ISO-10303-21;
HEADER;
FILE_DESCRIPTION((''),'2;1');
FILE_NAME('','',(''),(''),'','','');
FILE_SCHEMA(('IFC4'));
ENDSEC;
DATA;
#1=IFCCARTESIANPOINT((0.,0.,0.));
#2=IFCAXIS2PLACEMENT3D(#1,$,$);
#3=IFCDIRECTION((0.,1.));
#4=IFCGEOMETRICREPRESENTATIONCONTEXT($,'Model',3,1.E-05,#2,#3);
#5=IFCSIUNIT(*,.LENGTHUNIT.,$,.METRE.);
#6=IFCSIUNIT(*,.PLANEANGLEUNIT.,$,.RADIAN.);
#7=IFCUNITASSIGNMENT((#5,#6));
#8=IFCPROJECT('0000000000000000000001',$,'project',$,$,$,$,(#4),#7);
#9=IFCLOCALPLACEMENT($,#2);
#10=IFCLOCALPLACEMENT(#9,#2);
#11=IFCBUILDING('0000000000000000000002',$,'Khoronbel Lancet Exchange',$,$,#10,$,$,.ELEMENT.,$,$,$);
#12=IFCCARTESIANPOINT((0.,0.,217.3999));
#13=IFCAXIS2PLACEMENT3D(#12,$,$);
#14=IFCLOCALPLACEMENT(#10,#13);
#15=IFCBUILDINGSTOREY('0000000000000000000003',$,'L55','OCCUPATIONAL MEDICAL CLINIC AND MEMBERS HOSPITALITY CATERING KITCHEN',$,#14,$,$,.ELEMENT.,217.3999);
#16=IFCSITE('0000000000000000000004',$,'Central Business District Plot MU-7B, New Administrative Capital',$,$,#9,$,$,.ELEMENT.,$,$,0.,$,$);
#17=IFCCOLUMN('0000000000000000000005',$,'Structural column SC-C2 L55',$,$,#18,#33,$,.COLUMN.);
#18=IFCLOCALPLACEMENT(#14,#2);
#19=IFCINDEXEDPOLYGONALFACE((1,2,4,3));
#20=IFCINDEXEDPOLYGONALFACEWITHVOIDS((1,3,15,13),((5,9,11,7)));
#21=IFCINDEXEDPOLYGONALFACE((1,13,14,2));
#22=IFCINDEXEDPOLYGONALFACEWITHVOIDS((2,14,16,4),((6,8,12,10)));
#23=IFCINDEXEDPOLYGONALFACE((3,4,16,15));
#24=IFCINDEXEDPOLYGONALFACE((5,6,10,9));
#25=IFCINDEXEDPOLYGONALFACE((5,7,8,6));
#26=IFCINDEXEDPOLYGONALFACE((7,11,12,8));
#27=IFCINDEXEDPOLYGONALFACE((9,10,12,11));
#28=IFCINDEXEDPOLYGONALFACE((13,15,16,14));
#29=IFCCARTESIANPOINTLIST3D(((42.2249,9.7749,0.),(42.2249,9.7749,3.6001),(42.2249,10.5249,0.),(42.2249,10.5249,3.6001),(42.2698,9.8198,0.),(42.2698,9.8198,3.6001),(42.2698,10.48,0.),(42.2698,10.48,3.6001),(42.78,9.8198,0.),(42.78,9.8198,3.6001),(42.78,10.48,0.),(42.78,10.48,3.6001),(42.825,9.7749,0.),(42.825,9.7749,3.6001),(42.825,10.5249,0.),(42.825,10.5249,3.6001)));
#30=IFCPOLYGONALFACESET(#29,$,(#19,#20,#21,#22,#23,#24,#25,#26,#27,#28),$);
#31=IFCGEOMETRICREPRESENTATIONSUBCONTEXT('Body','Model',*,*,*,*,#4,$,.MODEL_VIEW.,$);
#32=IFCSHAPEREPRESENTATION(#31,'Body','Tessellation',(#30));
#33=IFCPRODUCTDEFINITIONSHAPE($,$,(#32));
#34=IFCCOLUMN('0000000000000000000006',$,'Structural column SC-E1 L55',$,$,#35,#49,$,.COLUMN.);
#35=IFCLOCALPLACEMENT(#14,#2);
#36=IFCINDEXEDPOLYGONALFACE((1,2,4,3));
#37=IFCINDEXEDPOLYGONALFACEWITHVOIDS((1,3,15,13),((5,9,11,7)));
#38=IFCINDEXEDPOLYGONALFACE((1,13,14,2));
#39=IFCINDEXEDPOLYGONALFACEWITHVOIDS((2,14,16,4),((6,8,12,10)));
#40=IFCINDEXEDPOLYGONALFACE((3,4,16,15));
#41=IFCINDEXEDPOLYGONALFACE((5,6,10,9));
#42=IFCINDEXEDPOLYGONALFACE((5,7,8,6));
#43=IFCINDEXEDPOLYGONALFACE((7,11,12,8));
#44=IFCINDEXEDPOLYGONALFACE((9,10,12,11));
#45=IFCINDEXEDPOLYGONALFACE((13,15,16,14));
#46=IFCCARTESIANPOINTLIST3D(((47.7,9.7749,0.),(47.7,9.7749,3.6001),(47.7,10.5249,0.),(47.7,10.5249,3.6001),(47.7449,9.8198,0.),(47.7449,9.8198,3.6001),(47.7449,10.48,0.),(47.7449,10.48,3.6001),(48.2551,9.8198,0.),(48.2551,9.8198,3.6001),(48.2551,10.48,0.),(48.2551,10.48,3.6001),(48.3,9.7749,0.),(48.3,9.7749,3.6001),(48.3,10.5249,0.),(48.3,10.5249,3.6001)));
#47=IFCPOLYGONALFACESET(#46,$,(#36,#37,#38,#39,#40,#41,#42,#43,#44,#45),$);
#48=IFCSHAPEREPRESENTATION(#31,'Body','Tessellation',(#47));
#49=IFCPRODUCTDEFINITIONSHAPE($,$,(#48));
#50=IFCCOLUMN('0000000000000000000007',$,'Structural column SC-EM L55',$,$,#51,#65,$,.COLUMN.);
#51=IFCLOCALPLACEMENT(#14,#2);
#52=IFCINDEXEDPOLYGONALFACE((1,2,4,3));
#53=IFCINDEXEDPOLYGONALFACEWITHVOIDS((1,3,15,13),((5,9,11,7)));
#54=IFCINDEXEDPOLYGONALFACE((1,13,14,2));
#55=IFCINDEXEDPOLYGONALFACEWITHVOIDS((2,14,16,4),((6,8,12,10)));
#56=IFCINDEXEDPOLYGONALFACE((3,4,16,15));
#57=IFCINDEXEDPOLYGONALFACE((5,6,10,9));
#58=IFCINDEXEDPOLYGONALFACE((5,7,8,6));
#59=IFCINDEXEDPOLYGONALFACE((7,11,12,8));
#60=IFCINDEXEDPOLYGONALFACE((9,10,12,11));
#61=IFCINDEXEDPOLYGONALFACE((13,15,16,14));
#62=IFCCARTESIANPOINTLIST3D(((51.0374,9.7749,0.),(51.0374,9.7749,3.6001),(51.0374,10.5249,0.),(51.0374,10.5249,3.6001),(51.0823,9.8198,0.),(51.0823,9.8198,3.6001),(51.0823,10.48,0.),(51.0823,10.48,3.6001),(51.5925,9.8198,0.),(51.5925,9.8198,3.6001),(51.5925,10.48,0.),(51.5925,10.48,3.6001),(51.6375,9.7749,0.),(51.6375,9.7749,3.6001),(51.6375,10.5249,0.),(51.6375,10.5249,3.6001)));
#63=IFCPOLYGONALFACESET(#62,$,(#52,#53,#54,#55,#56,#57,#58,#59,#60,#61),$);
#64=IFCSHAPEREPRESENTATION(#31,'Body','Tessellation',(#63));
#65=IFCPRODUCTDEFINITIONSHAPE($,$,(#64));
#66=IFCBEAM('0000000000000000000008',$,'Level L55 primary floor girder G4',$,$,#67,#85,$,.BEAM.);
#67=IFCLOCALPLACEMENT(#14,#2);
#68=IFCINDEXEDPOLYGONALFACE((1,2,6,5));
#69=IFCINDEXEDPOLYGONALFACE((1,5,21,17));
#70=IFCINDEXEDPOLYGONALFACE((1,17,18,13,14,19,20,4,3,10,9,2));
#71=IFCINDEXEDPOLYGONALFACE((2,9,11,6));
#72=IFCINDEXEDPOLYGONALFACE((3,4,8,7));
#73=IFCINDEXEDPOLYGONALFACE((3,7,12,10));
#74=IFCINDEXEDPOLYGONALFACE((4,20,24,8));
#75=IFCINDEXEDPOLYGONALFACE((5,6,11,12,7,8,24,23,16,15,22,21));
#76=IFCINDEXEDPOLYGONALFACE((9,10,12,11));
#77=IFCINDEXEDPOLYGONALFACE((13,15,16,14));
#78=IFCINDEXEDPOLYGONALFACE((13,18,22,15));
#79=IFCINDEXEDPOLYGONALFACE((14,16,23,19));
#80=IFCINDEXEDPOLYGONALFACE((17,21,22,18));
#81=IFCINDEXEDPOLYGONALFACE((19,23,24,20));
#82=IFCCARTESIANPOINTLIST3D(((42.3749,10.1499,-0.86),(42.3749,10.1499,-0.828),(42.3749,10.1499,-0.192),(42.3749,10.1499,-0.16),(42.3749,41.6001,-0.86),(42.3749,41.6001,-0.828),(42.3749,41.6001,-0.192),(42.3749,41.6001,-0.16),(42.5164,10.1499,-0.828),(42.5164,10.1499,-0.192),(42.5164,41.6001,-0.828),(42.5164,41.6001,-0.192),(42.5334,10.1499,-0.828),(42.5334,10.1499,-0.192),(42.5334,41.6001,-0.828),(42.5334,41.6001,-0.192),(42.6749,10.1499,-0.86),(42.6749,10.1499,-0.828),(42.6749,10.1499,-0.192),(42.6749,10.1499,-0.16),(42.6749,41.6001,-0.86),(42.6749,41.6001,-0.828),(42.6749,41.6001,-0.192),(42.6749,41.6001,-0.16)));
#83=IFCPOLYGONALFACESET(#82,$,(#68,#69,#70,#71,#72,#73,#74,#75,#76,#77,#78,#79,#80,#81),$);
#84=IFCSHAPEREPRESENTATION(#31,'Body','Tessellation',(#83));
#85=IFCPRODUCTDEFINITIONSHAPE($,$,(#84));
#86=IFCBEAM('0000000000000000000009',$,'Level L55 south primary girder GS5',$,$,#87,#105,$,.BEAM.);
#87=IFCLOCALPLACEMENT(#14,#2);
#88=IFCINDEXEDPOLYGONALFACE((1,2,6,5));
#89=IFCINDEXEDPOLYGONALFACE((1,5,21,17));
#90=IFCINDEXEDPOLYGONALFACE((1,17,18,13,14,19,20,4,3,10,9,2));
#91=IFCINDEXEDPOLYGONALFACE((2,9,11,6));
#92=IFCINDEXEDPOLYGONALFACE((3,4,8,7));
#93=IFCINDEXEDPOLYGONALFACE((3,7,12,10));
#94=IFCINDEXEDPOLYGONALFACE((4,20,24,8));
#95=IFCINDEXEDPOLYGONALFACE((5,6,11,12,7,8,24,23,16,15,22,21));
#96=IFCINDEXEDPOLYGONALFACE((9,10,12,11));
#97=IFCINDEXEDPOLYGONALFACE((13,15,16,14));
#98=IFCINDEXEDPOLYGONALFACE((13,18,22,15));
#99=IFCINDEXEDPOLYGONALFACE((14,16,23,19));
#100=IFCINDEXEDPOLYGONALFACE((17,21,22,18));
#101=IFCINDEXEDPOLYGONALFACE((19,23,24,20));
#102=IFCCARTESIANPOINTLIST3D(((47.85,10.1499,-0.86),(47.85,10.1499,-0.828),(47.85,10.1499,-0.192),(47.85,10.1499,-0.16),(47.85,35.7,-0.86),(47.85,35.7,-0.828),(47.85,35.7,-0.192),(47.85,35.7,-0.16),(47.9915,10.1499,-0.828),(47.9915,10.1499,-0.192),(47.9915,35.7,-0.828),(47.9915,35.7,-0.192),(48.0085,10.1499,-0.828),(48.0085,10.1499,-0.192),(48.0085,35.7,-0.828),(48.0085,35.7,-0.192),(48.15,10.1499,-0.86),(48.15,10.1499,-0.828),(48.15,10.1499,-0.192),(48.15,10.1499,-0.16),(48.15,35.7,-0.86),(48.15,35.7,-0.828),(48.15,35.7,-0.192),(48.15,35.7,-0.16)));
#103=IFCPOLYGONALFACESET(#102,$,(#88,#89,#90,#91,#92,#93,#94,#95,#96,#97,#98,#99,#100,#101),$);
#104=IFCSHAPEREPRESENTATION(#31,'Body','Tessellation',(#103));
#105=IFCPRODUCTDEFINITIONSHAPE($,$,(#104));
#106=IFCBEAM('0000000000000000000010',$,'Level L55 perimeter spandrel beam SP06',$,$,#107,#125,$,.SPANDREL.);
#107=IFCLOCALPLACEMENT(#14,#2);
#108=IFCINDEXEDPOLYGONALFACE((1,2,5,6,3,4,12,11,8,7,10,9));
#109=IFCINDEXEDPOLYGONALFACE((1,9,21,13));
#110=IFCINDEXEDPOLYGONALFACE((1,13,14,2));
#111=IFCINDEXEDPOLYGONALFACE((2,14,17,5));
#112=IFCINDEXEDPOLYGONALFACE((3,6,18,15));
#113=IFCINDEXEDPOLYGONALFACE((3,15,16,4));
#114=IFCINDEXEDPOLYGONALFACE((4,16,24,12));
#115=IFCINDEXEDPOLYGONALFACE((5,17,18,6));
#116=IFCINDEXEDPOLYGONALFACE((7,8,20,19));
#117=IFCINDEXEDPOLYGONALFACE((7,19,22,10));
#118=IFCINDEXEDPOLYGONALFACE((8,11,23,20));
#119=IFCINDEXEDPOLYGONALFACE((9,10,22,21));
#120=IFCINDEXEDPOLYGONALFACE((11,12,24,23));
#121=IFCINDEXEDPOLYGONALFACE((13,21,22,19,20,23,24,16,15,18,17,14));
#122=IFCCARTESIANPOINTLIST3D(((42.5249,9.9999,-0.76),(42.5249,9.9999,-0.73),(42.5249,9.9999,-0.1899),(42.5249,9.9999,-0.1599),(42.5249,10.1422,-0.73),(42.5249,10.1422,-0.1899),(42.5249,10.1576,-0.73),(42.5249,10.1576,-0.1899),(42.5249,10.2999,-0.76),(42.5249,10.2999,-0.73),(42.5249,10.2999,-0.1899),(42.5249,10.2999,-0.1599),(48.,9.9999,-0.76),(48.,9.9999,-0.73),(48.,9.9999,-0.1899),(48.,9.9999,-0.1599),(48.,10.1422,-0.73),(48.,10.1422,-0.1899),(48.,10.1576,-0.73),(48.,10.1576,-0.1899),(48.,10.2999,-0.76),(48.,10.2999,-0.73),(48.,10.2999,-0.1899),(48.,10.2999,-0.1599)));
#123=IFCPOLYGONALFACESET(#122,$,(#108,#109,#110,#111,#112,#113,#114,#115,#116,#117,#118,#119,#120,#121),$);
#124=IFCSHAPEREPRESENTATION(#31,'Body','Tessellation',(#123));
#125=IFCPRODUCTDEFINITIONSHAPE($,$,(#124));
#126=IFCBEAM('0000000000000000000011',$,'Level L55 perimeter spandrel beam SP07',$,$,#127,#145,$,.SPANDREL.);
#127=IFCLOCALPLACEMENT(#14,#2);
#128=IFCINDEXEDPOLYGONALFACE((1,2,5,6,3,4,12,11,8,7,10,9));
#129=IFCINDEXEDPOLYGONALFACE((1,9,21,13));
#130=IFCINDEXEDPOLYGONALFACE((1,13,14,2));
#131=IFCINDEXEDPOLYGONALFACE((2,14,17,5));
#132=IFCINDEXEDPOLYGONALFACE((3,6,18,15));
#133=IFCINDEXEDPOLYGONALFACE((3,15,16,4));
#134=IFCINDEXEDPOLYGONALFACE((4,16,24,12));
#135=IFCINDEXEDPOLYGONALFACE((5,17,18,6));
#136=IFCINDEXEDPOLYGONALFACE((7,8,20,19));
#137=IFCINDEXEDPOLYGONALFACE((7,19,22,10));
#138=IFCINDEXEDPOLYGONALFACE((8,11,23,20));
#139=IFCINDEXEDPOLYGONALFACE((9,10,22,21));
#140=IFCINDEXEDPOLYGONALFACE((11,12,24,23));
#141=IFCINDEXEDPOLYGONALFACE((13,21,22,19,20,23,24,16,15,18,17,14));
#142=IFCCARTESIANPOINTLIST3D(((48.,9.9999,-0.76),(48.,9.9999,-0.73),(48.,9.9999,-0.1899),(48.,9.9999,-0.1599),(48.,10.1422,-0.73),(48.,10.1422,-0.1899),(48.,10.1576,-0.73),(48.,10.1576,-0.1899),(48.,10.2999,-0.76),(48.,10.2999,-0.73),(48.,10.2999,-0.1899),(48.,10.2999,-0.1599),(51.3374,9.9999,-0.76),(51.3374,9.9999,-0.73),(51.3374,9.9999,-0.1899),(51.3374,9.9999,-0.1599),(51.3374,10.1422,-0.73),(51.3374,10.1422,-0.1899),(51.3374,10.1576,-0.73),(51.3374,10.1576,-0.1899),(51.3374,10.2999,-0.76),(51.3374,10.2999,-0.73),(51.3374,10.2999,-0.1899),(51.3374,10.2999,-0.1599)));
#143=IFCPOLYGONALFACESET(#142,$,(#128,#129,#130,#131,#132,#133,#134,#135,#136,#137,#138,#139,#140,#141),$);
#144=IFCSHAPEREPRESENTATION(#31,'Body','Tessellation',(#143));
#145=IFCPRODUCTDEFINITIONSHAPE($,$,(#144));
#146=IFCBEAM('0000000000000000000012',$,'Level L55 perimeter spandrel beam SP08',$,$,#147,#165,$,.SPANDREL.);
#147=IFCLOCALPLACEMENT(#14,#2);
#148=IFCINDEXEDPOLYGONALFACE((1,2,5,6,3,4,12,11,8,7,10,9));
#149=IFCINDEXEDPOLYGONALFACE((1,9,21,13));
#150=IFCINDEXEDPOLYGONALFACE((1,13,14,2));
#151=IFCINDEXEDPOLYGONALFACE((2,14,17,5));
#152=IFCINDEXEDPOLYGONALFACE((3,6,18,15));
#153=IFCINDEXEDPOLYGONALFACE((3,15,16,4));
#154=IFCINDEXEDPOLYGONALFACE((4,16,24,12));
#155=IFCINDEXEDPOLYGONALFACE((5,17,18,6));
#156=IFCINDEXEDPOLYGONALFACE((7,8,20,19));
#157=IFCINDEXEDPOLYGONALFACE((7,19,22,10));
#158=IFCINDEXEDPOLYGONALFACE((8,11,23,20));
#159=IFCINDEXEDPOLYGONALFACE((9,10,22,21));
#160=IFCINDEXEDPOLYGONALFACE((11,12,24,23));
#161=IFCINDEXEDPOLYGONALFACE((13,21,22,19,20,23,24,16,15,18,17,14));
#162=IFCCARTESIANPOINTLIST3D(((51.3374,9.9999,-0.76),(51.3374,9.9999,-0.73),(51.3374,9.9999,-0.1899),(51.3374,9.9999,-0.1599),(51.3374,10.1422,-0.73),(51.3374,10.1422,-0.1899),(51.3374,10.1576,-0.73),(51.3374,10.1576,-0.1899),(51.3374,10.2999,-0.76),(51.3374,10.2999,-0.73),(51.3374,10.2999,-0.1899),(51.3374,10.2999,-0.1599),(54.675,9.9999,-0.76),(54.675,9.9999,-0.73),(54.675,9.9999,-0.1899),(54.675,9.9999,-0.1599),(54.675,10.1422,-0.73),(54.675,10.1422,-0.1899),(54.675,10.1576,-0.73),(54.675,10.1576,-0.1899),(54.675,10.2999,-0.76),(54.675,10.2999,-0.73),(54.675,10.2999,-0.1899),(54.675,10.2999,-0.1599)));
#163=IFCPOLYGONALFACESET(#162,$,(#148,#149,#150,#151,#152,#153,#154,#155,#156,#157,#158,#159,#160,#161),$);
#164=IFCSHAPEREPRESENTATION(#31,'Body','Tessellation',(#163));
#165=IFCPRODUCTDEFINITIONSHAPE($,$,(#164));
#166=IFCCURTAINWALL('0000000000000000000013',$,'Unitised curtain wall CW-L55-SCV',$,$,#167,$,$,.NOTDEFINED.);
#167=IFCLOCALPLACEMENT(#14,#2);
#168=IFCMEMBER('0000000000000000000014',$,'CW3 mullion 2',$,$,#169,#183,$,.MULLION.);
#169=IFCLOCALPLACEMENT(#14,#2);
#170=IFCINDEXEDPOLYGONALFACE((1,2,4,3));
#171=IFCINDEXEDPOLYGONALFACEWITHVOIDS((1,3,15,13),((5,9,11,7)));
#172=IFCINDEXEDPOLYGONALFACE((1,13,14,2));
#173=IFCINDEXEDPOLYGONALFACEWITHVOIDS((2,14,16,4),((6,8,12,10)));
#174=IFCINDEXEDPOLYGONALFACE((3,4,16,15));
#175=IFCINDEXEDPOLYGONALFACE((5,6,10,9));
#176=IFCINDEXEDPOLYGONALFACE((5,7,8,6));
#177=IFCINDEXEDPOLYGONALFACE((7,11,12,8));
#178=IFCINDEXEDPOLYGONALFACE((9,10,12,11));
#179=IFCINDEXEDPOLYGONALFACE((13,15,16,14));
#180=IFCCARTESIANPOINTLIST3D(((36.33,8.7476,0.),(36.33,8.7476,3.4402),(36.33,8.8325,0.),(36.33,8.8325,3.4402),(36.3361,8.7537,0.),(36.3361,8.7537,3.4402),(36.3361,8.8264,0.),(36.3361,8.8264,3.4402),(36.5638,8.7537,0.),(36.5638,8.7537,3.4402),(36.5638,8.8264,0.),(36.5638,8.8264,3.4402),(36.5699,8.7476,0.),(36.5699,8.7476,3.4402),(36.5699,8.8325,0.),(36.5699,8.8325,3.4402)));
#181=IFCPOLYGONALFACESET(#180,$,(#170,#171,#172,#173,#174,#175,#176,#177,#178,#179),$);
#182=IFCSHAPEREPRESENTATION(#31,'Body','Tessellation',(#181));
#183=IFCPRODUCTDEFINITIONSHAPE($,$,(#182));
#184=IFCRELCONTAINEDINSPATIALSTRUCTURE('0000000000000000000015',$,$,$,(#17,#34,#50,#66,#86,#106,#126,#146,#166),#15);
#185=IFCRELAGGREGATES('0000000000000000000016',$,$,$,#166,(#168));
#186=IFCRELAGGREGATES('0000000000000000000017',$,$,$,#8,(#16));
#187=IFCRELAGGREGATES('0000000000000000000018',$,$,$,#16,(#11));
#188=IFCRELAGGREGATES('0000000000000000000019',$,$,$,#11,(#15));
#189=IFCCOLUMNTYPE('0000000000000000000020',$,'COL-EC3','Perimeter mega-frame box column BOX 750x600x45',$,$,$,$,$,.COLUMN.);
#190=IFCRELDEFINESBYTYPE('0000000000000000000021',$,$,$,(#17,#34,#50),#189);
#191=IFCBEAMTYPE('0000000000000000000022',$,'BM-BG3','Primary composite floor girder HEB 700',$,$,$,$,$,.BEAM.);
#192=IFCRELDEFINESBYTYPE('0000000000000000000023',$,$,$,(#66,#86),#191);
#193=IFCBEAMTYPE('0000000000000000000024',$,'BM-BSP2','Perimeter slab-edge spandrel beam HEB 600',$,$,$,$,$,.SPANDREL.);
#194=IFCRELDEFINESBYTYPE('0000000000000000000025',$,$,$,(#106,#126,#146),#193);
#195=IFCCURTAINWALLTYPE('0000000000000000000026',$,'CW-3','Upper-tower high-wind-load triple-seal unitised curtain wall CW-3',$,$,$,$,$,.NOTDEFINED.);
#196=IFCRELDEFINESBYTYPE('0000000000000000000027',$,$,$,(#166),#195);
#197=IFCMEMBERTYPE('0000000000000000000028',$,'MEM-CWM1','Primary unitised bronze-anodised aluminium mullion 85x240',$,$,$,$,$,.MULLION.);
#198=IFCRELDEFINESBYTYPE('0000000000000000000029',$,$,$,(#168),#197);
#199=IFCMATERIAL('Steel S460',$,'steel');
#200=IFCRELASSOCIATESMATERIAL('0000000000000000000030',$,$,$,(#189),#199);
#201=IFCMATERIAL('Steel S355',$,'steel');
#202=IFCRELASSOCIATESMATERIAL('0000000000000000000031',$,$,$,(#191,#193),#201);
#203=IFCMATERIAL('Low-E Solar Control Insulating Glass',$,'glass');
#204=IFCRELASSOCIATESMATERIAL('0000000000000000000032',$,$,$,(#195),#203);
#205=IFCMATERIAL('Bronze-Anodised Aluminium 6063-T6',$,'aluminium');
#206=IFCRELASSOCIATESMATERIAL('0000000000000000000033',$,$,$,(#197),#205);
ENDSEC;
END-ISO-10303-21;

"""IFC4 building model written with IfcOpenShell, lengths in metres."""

from ifc_helpers import new_model, si_unit, direction, frame, origin, origin_2d, place, context, subcontext, project, spatial, hollow_rectangle, i_section, extrude, material, material_profile, profile_set, type_object, element, aggregate, save


model = new_model("IFC4")

# Units and contexts
model_context = context("Model", 3, precision=1e-05, world=origin(), true_north=direction((0.0, 1.0)))
body_context = subcontext(model_context, "Body", "Model", "MODEL_VIEW")
ifc_project = project(units=[si_unit("LENGTHUNIT", "METRE"), si_unit("PLANEANGLEUNIT", "RADIAN")], contexts=[model_context])

# Site, building, storey
site_placement = place(None, origin())
site = spatial("IfcSite", under=ifc_project, at=site_placement, Name="Central Business District Plot MU-7B, New Administrative Capital", CompositionType="ELEMENT", RefElevation=0.0)
building_placement = place(site_placement, origin())
building = spatial("IfcBuilding", under=site, at=building_placement, Name="Khoronbel Lancet Exchange", CompositionType="ELEMENT")
storey_placement = place(building_placement, frame((0.0, 0.0, 217.3999)))
storey = spatial("IfcBuildingStorey", under=building, at=storey_placement, Name="L55", Description="OCCUPATIONAL MEDICAL CLINIC AND MEMBERS HOSPITALITY CATERING KITCHEN", CompositionType="ELEMENT", Elevation=217.3999)

# Columns
ifc_material_1 = material(Name="Steel S460", Category="steel")
ifc_material_profile_1 = material_profile(ifc_material_1, hollow_rectangle(XDim=0.6001, YDim=0.75, WallThickness=0.0449, at=origin_2d()), Name="BOX 750x600x45")
ifc_profile_set_1 = profile_set([ifc_material_profile_1], Name="Steel S460")
column_type = type_object("IfcColumnType", Name="COL-EC3", Description="Perimeter mega-frame box column BOX 750x600x45", PredefinedType="COLUMN", material=ifc_profile_set_1)
for number, where, z_axis, x_axis, name in (
    (1, (42.5249, 10.1499, 0.0), (0.0, 0.0, 1.0), (1.0, 0.0, 0.0), "Structural column SC-C2 L55"),
    (2, (48.0, 10.1499, 0.0), (0.0, 0.0, 1.0), (1.0, 0.0, 0.0), "Structural column SC-E1 L55"),
    (3, (51.3374, 10.1499, 0.0), (0.0, 0.0, 1.0), (1.0, 0.0, 0.0), "Structural column SC-EM L55"),
):
    element("IfcColumn", number, at=place(storey_placement, frame(where, z_axis=z_axis, x_axis=x_axis)), inside=storey, type_object=column_type, Name=name, PredefinedType="COLUMN", context=body_context, shape_type="SweptSolid", body=[
        extrude(hollow_rectangle(XDim=0.6001, YDim=0.75, WallThickness=0.0449, at=origin_2d()), origin(), (0.0, 0.0, 1.0), 3.6001),
    ])

# Beams
ifc_material_2 = material(Name="Steel S355", Category="steel")
ifc_material_profile_2 = material_profile(ifc_material_2, i_section(OverallWidth=0.3, OverallDepth=0.7, WebThickness=0.0171, FlangeThickness=0.032, at=origin_2d()), Name="HEB 700")
ifc_profile_set_2 = profile_set([ifc_material_profile_2], Name="Steel S355")
beam_type_1 = type_object("IfcBeamType", Name="BM-BG3", Description="Primary composite floor girder HEB 700", PredefinedType="BEAM", material=ifc_profile_set_2)
beam_1_placement = place(storey_placement, frame((42.5249, 10.1499, -0.51), z_axis=(0.0, 1.0, 0.0), x_axis=(-1.0, 0.0, 0.0)))
element("IfcBeam", 4, at=beam_1_placement, inside=storey, type_object=beam_type_1, Name="Level L55 primary floor girder G4", PredefinedType="BEAM", context=body_context, shape_type="SweptSolid", body=[
    extrude(i_section(OverallWidth=0.3, OverallDepth=0.7, WebThickness=0.0171, FlangeThickness=0.032, at=origin_2d()), origin(), (0.0, 0.0, 1.0), 31.4502),
])
beam_2_placement = place(storey_placement, frame((48.0, 10.1499, -0.51), z_axis=(0.0, 1.0, 0.0), x_axis=(-1.0, 0.0, 0.0)))
element("IfcBeam", 5, at=beam_2_placement, inside=storey, type_object=beam_type_1, Name="Level L55 south primary girder GS5", PredefinedType="BEAM", context=body_context, shape_type="SweptSolid", body=[
    extrude(i_section(OverallWidth=0.3, OverallDepth=0.7, WebThickness=0.0171, FlangeThickness=0.032, at=origin_2d()), origin(), (0.0, 0.0, 1.0), 25.55),
])
ifc_material_profile_3 = material_profile(ifc_material_2, i_section(OverallWidth=0.3, OverallDepth=0.6001, WebThickness=0.0154, FlangeThickness=0.03, at=origin_2d()), Name="HEB 600")
ifc_profile_set_3 = profile_set([ifc_material_profile_3], Name="Steel S355")
beam_type_2 = type_object("IfcBeamType", Name="BM-BSP2", Description="Perimeter slab-edge spandrel beam HEB 600", PredefinedType="SPANDREL", material=ifc_profile_set_3)
beam_3_placement = place(storey_placement, frame((42.5249, 10.1499, -0.46), z_axis=(1.0, 0.0, 0.0), x_axis=(0.0, 1.0, 0.0)))
element("IfcBeam", 6, at=beam_3_placement, inside=storey, type_object=beam_type_2, Name="Level L55 perimeter spandrel beam SP06", PredefinedType="SPANDREL", context=body_context, shape_type="SweptSolid", body=[
    extrude(i_section(OverallWidth=0.3, OverallDepth=0.6001, WebThickness=0.0154, FlangeThickness=0.03, at=origin_2d()), origin(), (0.0, 0.0, 1.0), 5.4751),
])
beam_4_placement = place(storey_placement, frame((48.0, 10.1499, -0.46), z_axis=(1.0, 0.0, 0.0), x_axis=(0.0, 1.0, 0.0)))
element("IfcBeam", 7, at=beam_4_placement, inside=storey, type_object=beam_type_2, Name="Level L55 perimeter spandrel beam SP07", PredefinedType="SPANDREL", context=body_context, shape_type="SweptSolid", body=[
    extrude(i_section(OverallWidth=0.3, OverallDepth=0.6001, WebThickness=0.0154, FlangeThickness=0.03, at=origin_2d()), origin(), (0.0, 0.0, 1.0), 3.3374),
])
beam_5_placement = place(storey_placement, frame((51.3374, 10.1499, -0.46), z_axis=(1.0, 0.0, 0.0), x_axis=(0.0, 1.0, 0.0)))
element("IfcBeam", 8, at=beam_5_placement, inside=storey, type_object=beam_type_2, Name="Level L55 perimeter spandrel beam SP08", PredefinedType="SPANDREL", context=body_context, shape_type="SweptSolid", body=[
    extrude(i_section(OverallWidth=0.3, OverallDepth=0.6001, WebThickness=0.0154, FlangeThickness=0.03, at=origin_2d()), origin(), (0.0, 0.0, 1.0), 3.3376),
])

# Curtain wall, member
ifc_material_3 = material(Name="Low-E Solar Control Insulating Glass", Category="glass")
curtain_wall_type = type_object("IfcCurtainWallType", Name="CW-3", Description="Upper-tower high-wind-load triple-seal unitised curtain wall CW-3", PredefinedType="NOTDEFINED", material=ifc_material_3)
curtain_wall_1_placement = place(storey_placement, origin())
curtain_wall_1 = element("IfcCurtainWall", 9, at=curtain_wall_1_placement, inside=storey, type_object=curtain_wall_type, Name="Unitised curtain wall CW-L55-SCV", PredefinedType="NOTDEFINED")
ifc_material_4 = material(Name="Bronze-Anodised Aluminium 6063-T6", Category="aluminium")
ifc_material_profile_4 = material_profile(ifc_material_4, hollow_rectangle(XDim=0.085, YDim=0.24, WallThickness=0.0061, at=origin_2d()), Name="ALU MULLION 85x240")
ifc_profile_set_4 = profile_set([ifc_material_profile_4], Name="Bronze-Anodised Aluminium 6063-T6")
member_type_1 = type_object("IfcMemberType", Name="MEM-CWM1", Description="Primary unitised bronze-anodised aluminium mullion 85x240", PredefinedType="MULLION", material=ifc_profile_set_4)
member_1_placement = place(storey_placement, frame((36.45, 8.79, 0.0), z_axis=(0.0, 0.0, 1.0), x_axis=(0.0, 1.0, 0.0)))
member_1 = element("IfcMember", 10, at=member_1_placement, type_object=member_type_1, Name="CW3 mullion 2", PredefinedType="MULLION", context=body_context, shape_type="SweptSolid", body=[
    extrude(hollow_rectangle(XDim=0.085, YDim=0.24, WallThickness=0.0061, at=origin_2d()), origin(), (0.0, 0.0, 1.0), 3.4402),
])

aggregate(curtain_wall_1, [member_1])

save(model, "model.ifc")
